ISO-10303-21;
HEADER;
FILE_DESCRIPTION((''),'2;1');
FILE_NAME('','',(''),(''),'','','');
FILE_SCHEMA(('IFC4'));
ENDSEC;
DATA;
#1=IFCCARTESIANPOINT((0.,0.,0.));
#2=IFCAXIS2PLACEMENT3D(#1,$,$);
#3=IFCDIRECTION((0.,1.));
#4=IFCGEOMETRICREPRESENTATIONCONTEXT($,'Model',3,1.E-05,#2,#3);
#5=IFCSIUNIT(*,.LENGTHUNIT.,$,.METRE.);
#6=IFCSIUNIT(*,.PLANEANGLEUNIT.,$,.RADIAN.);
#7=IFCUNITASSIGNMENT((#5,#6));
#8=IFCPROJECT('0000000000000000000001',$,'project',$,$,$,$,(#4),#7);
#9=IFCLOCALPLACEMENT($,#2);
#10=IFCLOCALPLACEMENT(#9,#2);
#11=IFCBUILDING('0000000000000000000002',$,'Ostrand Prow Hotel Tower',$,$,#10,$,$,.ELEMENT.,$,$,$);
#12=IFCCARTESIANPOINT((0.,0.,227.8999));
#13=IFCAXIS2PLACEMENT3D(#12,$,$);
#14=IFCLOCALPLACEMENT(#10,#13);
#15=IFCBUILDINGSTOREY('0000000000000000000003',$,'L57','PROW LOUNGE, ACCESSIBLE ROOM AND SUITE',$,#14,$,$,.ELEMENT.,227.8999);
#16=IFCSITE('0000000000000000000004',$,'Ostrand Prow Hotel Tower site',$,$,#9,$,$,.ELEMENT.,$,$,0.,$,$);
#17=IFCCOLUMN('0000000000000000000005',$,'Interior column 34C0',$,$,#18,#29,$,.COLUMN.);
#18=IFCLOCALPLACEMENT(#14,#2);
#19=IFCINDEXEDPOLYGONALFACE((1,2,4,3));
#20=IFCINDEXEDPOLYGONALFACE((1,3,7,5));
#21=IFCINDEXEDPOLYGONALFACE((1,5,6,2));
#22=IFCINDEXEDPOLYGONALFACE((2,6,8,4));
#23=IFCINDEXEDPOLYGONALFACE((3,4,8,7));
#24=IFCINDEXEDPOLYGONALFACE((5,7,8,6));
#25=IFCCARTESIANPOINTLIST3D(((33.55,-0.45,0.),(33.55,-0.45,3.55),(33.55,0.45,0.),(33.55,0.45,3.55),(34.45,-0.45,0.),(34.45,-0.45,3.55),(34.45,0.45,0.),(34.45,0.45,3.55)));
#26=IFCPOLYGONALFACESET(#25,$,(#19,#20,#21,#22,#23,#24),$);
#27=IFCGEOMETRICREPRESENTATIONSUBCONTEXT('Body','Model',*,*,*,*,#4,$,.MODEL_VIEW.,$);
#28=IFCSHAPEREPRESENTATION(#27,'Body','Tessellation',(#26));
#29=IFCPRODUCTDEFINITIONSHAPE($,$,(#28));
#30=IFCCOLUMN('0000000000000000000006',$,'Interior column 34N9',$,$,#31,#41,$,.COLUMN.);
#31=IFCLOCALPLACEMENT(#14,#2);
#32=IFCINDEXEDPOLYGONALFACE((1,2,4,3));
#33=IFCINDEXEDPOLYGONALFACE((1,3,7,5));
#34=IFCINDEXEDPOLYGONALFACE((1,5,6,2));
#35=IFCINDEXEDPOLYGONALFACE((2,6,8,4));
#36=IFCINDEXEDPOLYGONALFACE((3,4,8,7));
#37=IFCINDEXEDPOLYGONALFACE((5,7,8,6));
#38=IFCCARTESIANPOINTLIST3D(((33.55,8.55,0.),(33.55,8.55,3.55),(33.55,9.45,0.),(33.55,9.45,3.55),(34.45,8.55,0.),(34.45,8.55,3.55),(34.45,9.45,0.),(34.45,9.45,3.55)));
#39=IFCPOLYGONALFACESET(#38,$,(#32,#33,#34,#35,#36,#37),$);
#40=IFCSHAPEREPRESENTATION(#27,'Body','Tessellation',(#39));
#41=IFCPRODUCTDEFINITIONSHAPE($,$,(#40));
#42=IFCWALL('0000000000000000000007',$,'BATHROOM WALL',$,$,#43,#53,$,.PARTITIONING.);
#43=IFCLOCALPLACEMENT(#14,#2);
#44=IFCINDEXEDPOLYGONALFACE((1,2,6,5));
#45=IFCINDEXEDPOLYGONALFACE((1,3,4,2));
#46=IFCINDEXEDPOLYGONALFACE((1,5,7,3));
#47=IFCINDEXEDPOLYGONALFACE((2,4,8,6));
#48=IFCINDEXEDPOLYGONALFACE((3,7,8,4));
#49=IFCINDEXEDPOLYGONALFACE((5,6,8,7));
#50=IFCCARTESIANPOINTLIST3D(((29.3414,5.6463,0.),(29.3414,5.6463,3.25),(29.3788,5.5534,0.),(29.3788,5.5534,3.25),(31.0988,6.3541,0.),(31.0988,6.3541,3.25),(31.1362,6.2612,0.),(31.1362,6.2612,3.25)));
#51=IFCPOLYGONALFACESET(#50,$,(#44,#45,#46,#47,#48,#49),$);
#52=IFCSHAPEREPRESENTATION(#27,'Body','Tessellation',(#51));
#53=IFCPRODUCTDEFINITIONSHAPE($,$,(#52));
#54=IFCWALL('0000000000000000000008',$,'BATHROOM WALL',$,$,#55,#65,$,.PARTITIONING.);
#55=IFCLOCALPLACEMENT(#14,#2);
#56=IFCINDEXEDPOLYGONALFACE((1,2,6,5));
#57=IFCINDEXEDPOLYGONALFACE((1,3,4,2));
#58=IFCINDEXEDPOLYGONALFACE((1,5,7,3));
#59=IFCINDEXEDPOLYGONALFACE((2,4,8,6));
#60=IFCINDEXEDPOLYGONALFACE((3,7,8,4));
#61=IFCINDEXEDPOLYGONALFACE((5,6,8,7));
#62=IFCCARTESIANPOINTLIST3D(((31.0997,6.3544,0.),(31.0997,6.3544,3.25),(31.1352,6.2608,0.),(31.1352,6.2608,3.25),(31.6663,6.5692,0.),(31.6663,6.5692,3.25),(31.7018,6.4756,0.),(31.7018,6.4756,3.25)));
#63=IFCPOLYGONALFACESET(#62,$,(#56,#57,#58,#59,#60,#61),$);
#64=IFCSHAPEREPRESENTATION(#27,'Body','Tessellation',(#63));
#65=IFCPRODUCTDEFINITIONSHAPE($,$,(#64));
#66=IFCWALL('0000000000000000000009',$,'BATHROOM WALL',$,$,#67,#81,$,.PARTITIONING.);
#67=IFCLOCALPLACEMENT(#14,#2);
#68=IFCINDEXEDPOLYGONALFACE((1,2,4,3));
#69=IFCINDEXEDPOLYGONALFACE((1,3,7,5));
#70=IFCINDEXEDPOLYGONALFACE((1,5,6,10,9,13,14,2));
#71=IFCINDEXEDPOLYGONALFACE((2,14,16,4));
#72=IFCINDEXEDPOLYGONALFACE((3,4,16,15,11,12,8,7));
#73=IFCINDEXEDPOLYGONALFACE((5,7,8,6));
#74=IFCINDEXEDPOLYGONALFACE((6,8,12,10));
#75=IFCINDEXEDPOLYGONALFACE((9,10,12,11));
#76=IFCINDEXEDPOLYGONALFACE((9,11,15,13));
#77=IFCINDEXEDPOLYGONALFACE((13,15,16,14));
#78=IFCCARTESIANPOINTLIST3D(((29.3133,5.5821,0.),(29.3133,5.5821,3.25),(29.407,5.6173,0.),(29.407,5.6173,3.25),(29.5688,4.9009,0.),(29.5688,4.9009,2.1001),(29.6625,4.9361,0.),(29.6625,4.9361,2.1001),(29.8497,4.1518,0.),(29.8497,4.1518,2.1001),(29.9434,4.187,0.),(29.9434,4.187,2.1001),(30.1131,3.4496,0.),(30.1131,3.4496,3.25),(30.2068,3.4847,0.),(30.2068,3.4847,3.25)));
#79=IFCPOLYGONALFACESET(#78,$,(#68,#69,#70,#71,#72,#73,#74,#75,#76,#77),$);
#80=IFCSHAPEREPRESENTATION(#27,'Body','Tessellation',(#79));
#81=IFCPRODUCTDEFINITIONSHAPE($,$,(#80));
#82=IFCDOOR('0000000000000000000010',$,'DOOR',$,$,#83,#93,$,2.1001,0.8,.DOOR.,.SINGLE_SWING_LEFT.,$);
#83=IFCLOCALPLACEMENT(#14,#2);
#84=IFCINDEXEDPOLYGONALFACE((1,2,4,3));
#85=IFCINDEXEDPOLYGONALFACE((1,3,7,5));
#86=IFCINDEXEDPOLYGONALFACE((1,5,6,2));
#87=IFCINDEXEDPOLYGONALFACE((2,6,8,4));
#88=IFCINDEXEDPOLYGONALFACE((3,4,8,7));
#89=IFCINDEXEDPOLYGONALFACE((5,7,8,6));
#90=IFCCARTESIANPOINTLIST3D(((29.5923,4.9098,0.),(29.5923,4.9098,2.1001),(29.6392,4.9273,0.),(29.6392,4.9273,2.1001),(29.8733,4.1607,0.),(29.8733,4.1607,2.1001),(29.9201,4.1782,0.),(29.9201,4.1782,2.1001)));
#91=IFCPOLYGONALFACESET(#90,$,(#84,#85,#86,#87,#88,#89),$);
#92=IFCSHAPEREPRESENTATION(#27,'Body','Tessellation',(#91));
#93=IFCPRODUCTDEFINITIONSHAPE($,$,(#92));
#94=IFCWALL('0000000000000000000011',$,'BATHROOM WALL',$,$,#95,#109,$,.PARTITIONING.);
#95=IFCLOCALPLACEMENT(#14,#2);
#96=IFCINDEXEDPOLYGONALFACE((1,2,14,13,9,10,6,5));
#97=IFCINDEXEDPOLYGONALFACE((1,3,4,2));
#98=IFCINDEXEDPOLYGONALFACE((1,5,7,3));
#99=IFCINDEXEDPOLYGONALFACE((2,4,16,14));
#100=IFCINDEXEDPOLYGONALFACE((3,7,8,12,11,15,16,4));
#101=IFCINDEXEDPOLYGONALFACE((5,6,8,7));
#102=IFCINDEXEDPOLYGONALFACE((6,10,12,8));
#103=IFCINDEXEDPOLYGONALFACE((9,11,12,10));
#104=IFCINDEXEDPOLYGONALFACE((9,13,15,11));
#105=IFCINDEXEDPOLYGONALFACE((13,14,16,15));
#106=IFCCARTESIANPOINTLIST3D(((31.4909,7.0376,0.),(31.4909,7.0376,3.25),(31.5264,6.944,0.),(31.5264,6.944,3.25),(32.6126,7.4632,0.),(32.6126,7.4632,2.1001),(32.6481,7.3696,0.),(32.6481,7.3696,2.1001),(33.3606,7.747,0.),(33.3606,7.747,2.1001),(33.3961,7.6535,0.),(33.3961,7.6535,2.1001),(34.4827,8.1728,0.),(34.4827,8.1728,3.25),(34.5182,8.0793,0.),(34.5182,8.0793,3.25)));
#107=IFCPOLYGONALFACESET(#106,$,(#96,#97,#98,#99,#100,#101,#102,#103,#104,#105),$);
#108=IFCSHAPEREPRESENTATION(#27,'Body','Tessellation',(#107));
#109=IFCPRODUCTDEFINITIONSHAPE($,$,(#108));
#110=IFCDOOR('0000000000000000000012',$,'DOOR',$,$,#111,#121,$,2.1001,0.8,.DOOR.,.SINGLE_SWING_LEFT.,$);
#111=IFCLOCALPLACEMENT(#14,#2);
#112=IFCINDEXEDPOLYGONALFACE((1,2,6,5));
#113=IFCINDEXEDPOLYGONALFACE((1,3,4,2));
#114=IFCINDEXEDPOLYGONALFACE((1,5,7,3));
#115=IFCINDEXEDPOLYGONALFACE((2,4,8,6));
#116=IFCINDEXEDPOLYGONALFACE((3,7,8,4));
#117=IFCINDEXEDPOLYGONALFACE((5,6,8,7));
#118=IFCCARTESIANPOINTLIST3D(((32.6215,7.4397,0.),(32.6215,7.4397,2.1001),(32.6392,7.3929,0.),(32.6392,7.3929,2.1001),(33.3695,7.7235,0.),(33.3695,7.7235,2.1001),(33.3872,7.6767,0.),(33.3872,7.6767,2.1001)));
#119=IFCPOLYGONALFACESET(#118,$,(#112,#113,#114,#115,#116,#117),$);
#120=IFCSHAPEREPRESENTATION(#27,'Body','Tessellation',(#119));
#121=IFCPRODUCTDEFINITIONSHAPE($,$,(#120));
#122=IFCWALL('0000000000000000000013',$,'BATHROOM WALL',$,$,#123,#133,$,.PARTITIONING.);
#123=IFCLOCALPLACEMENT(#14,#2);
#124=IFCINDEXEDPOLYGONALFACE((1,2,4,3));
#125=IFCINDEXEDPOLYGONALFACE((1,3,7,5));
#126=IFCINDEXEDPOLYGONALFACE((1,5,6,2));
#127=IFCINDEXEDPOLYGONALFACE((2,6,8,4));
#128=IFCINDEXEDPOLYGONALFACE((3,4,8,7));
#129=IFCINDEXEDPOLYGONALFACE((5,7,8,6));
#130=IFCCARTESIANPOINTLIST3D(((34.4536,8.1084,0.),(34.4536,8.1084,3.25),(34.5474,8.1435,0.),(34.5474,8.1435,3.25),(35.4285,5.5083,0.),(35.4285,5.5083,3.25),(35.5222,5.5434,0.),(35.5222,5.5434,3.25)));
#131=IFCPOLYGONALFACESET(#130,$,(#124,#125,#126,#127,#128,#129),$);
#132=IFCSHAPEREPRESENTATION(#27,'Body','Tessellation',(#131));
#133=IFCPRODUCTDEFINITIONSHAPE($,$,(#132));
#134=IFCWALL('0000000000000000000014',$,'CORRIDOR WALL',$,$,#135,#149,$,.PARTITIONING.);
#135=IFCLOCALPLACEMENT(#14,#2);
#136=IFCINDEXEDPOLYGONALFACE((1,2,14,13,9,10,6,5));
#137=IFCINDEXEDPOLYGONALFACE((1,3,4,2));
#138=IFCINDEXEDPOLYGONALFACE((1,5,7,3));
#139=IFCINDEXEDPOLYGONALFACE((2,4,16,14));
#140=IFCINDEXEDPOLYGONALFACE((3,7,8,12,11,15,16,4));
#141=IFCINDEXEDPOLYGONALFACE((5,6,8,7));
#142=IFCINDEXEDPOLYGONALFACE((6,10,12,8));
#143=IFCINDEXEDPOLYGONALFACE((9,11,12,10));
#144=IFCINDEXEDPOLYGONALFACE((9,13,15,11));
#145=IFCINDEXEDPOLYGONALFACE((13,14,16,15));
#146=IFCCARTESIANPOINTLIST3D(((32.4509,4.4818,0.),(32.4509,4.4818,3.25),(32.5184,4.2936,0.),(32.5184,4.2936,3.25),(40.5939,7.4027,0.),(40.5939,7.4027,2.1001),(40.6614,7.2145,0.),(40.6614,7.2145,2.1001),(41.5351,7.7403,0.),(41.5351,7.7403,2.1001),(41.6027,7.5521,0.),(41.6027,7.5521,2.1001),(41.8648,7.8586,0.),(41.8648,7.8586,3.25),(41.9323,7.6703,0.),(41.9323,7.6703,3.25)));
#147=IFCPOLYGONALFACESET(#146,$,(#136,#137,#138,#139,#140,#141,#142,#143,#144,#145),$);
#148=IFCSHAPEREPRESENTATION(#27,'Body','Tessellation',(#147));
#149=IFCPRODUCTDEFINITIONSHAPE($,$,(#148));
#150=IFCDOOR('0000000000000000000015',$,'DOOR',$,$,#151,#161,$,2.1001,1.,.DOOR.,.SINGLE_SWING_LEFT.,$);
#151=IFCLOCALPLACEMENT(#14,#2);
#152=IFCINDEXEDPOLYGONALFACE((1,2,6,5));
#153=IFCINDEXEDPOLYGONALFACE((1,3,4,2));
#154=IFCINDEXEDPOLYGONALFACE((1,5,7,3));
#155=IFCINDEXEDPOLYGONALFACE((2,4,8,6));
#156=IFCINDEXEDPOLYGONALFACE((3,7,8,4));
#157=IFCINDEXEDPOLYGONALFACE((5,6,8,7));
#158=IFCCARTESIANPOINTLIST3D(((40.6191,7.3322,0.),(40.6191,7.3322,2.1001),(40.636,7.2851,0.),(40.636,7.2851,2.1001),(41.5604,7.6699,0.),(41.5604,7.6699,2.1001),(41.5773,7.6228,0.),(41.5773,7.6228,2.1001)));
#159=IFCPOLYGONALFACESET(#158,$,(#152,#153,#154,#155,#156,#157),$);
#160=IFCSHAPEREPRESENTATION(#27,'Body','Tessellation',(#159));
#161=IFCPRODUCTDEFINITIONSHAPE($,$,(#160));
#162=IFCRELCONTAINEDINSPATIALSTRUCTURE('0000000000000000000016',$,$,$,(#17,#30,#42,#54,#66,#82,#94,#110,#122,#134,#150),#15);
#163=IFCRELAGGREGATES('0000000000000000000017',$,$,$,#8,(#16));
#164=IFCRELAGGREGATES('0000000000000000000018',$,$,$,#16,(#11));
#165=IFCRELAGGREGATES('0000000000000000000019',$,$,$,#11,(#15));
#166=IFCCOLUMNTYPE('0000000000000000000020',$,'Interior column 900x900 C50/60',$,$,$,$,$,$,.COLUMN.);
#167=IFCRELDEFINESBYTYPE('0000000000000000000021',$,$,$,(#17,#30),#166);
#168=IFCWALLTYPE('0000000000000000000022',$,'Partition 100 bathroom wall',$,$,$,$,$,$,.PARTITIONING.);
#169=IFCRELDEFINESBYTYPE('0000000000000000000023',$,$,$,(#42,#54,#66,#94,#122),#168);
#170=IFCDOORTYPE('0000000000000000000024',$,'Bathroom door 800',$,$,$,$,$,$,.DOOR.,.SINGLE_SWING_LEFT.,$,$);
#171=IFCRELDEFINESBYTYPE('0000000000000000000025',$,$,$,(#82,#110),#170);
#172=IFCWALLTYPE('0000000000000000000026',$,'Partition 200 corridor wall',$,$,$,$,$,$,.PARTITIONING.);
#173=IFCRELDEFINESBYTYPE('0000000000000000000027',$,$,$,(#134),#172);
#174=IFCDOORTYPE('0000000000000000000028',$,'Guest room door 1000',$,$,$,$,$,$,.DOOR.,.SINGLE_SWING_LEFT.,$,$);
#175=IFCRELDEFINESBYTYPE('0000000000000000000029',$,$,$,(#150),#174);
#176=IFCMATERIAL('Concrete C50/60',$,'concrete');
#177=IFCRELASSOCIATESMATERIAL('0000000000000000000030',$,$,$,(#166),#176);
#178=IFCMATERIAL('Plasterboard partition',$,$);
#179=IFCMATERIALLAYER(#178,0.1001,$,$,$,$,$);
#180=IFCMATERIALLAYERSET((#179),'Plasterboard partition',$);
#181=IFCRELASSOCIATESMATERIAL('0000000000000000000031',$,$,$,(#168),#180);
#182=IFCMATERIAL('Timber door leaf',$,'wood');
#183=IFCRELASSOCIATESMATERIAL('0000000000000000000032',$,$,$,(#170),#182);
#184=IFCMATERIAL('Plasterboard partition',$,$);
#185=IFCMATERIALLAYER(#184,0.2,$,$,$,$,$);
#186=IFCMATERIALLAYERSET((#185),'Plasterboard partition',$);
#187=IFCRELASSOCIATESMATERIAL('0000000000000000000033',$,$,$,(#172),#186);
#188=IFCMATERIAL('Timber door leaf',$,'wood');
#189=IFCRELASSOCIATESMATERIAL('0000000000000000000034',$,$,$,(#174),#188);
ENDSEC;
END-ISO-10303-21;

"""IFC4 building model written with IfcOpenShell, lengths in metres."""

from ifc_helpers import new_model, si_unit, direction, frame, frame_2d, origin, origin_2d, place, context, subcontext, project, spatial, rectangle, extrude, material, layer, layer_set, material_profile, profile_set, type_object, element, fill, save


model = new_model("IFC4")

# Units and contexts
model_context = context("Model", 3, precision=1e-05, world=origin(), true_north=direction((0.0, 1.0)))
body_context = subcontext(model_context, "Body", "Model", "MODEL_VIEW")
ifc_project = project(units=[si_unit("LENGTHUNIT", "METRE"), si_unit("PLANEANGLEUNIT", "RADIAN")], contexts=[model_context])

# Site, building, storey
site_placement = place(None, origin())
site = spatial("IfcSite", under=ifc_project, at=site_placement, Name="Ostrand Prow Hotel Tower site", CompositionType="ELEMENT", RefElevation=0.0)
building_placement = place(site_placement, origin())
building = spatial("IfcBuilding", under=site, at=building_placement, Name="Ostrand Prow Hotel Tower", CompositionType="ELEMENT")
storey_placement = place(building_placement, frame((0.0, 0.0, 227.8999)))
storey = spatial("IfcBuildingStorey", under=building, at=storey_placement, Name="L57", Description="PROW LOUNGE, ACCESSIBLE ROOM AND SUITE", CompositionType="ELEMENT", Elevation=227.8999)

# Columns
ifc_material_1 = material(Name="Concrete C50/60", Category="concrete")
ifc_material_profile = material_profile(ifc_material_1, rectangle(XDim=0.8999, YDim=0.8999, at=origin_2d()), Name="RC 900x900")
ifc_profile_set = profile_set([ifc_material_profile], Name="Concrete C50/60")
column_type = type_object("IfcColumnType", Name="Interior column 900x900 C50/60", PredefinedType="COLUMN", material=ifc_profile_set)
for number, where, z_axis, x_axis, name in (
    (1, (34.0, 0.0, 0.0), (0.0, 0.0, 1.0), (1.0, 0.0, 0.0), "Interior column 34C0"),
    (2, (34.0, 9.0, 0.0), (0.0, 0.0, 1.0), (1.0, 0.0, 0.0), "Interior column 34N9"),
):
    element("IfcColumn", number, at=place(storey_placement, frame(where, z_axis=z_axis, x_axis=x_axis)), inside=storey, type_object=column_type, Name=name, PredefinedType="COLUMN", context=body_context, shape_type="SweptSolid", body=[
        extrude(rectangle(XDim=0.8999, YDim=0.8999, at=origin_2d()), origin(), (0.0, 0.0, 1.0), 3.55),
    ])

# Walls
ifc_material_2 = material(Name="Plasterboard partition")
ifc_layer_1 = layer(ifc_material_2, 0.1001)
ifc_layer_set_1 = layer_set([ifc_layer_1], Name="Plasterboard partition")
wall_type_1 = type_object("IfcWallType", Name="Partition 100 bathroom wall", PredefinedType="PARTITIONING", material=ifc_layer_set_1)
wall_1_placement = place(storey_placement, frame((29.3601, 5.5999, 0.0), z_axis=(0.0, 0.0, 1.0), x_axis=(0.927594, 0.373589, 0.0)))
element("IfcWall", 3, at=wall_1_placement, inside=storey, type_object=wall_type_1, Name="BATHROOM WALL", PredefinedType="PARTITIONING", context=body_context, shape_type="SweptSolid", body=[
    extrude(rectangle(XDim=1.8945, YDim=0.1001, at=frame_2d((0.9473, 0.0))), origin(), (0.0, 0.0, 1.0), 3.25),
])
wall_2_placement = place(storey_placement, frame((31.1174, 6.3076, 0.0), z_axis=(0.0, 0.0, 1.0), x_axis=(0.935048, 0.354521, 0.0)))
element("IfcWall", 4, at=wall_2_placement, inside=storey, type_object=wall_type_1, Name="BATHROOM WALL", PredefinedType="PARTITIONING", context=body_context, shape_type="SweptSolid", body=[
    extrude(rectangle(XDim=0.606, YDim=0.1001, at=frame_2d((0.303, 0.0))), origin(), (0.0, 0.0, 1.0), 3.25),
])

# Walls, openings, doors
wall_3_placement = place(storey_placement, frame((30.1599, 3.4673, 0.0), z_axis=(0.0, 0.0, 1.0), x_axis=(-0.351159, 0.936316, 0.0)))
wall_3 = element("IfcWall", 5, at=wall_3_placement, inside=storey, type_object=wall_type_1, Name="BATHROOM WALL", PredefinedType="PARTITIONING", context=body_context, shape_type="SweptSolid", body=[
    extrude(rectangle(XDim=2.2776, YDim=0.1001, at=frame_2d((1.1387, 0.0))), origin(), (0.0, 0.0, 1.0), 3.25),
])
opening_1_placement = place(wall_3_placement, frame((0.75, 0.0, 0.0)))
opening_1 = element("IfcOpeningElement", 6, at=opening_1_placement, cuts=wall_3, PredefinedType="OPENING", context=body_context, shape_type="SweptSolid", body=[
    extrude(rectangle(XDim=0.8, YDim=2.1001, at=frame_2d((0.3999, 1.05))), frame((0.0, 0.0601, 0.0), z_axis=(0.0, -1.0, 0.0), x_axis=(1.0, 0.0, 0.0)), (0.0, 0.0, 1.0), 0.1201),
])
ifc_material_3 = material(Name="Timber door leaf", Category="wood")
door_type_1 = type_object("IfcDoorType", Name="Bathroom door 800", OperationType="SINGLE_SWING_LEFT", PredefinedType="DOOR", material=ifc_material_3)
door_1_placement = place(opening_1_placement, origin())
door_1 = element("IfcDoor", 7, at=door_1_placement, inside=storey, type_object=door_type_1, Name="DOOR", OperationType="SINGLE_SWING_LEFT", OverallHeight=2.1001, OverallWidth=0.8, PredefinedType="DOOR", context=body_context, shape_type="SweptSolid", body=[
    extrude(rectangle(XDim=0.8, YDim=2.1001, at=frame_2d((0.3999, 1.05))), frame((0.0, 0.0249, 0.0), z_axis=(0.0, -1.0, 0.0), x_axis=(1.0, 0.0, 0.0)), (0.0, 0.0, 1.0), 0.05),
])
fill(opening_1, door_1)
wall_4_placement = place(storey_placement, frame((31.5085, 6.9907, 0.0), z_axis=(0.0, 0.0, 1.0), x_axis=(0.934949, 0.354783, 0.0)))
wall_4 = element("IfcWall", 8, at=wall_4_placement, inside=storey, type_object=wall_type_1, Name="BATHROOM WALL", PredefinedType="PARTITIONING", context=body_context, shape_type="SweptSolid", body=[
    extrude(rectangle(XDim=3.2, YDim=0.1001, at=frame_2d((1.6001, 0.0))), origin(), (0.0, 0.0, 1.0), 3.25),
])
opening_2_placement = place(wall_4_placement, frame((1.2, 0.0, 0.0)))
opening_2 = element("IfcOpeningElement", 9, at=opening_2_placement, cuts=wall_4, PredefinedType="OPENING", context=body_context, shape_type="SweptSolid", body=[
    extrude(rectangle(XDim=0.8, YDim=2.1001, at=frame_2d((0.3999, 1.05))), frame((0.0, 0.0601, 0.0), z_axis=(0.0, -1.0, 0.0), x_axis=(1.0, 0.0, 0.0)), (0.0, 0.0, 1.0), 0.1201),
])
door_2_placement = place(opening_2_placement, origin())
door_2 = element("IfcDoor", 10, at=door_2_placement, inside=storey, type_object=door_type_1, Name="DOOR", OperationType="SINGLE_SWING_LEFT", OverallHeight=2.1001, OverallWidth=0.8, PredefinedType="DOOR", context=body_context, shape_type="SweptSolid", body=[
    extrude(rectangle(XDim=0.8, YDim=2.1001, at=frame_2d((0.3999, 1.05))), frame((0.0, 0.0249, 0.0), z_axis=(0.0, -1.0, 0.0), x_axis=(1.0, 0.0, 0.0)), (0.0, 0.0, 1.0), 0.05),
])
fill(opening_2, door_2)

# Wall
wall_5_placement = place(storey_placement, frame((34.5005, 8.126, 0.0), z_axis=(0.0, 0.0, 1.0), x_axis=(0.351066, -0.936351, 0.0)))
element("IfcWall", 11, at=wall_5_placement, inside=storey, type_object=wall_type_1, Name="BATHROOM WALL", PredefinedType="PARTITIONING", context=body_context, shape_type="SweptSolid", body=[
    extrude(rectangle(XDim=2.7769, YDim=0.1001, at=frame_2d((1.3884, 0.0))), origin(), (0.0, 0.0, 1.0), 3.25),
])

# Wall, opening, door
ifc_material_4 = material(Name="Plasterboard partition")
ifc_layer_2 = layer(ifc_material_4, 0.2)
ifc_layer_set_2 = layer_set([ifc_layer_2], Name="Plasterboard partition")
wall_type_2 = type_object("IfcWallType", Name="Partition 200 corridor wall", PredefinedType="PARTITIONING", material=ifc_layer_set_2)
wall_6_placement = place(storey_placement, frame((41.8984, 7.7644, 0.0), z_axis=(0.0, 0.0, 1.0), x_axis=(-0.941278, -0.337634, 0.0)))
wall_6 = element("IfcWall", 12, at=wall_6_placement, inside=storey, type_object=wall_type_2, Name="CORRIDOR WALL", PredefinedType="PARTITIONING", context=body_context, shape_type="SweptSolid", body=[
    extrude(rectangle(XDim=10.0012, YDim=0.2, at=frame_2d((5.0005, 0.0))), origin(), (0.0, 0.0, 1.0), 3.25),
])
opening_3_placement = place(wall_6_placement, frame((0.3501, 0.0, 0.0)))
opening_3 = element("IfcOpeningElement", 13, at=opening_3_placement, cuts=wall_6, PredefinedType="OPENING", context=body_context, shape_type="SweptSolid", body=[
    extrude(rectangle(XDim=1.0, YDim=2.1001, at=frame_2d((0.5, 1.05))), frame((0.0, 0.1099, 0.0), z_axis=(0.0, -1.0, 0.0), x_axis=(1.0, 0.0, 0.0)), (0.0, 0.0, 1.0), 0.22),
])
ifc_material_5 = material(Name="Timber door leaf", Category="wood")
door_type_2 = type_object("IfcDoorType", Name="Guest room door 1000", OperationType="SINGLE_SWING_LEFT", PredefinedType="DOOR", material=ifc_material_5)
door_3_placement = place(opening_3_placement, origin())
door_3 = element("IfcDoor", 14, at=door_3_placement, inside=storey, type_object=door_type_2, Name="DOOR", OperationType="SINGLE_SWING_LEFT", OverallHeight=2.1001, OverallWidth=1.0, PredefinedType="DOOR", context=body_context, shape_type="SweptSolid", body=[
    extrude(rectangle(XDim=1.0, YDim=2.1001, at=frame_2d((0.5, 1.05))), frame((0.0, 0.0249, 0.0), z_axis=(0.0, -1.0, 0.0), x_axis=(1.0, 0.0, 0.0)), (0.0, 0.0, 1.0), 0.05),
])
fill(opening_3, door_3)

save(model, "model.ifc")
